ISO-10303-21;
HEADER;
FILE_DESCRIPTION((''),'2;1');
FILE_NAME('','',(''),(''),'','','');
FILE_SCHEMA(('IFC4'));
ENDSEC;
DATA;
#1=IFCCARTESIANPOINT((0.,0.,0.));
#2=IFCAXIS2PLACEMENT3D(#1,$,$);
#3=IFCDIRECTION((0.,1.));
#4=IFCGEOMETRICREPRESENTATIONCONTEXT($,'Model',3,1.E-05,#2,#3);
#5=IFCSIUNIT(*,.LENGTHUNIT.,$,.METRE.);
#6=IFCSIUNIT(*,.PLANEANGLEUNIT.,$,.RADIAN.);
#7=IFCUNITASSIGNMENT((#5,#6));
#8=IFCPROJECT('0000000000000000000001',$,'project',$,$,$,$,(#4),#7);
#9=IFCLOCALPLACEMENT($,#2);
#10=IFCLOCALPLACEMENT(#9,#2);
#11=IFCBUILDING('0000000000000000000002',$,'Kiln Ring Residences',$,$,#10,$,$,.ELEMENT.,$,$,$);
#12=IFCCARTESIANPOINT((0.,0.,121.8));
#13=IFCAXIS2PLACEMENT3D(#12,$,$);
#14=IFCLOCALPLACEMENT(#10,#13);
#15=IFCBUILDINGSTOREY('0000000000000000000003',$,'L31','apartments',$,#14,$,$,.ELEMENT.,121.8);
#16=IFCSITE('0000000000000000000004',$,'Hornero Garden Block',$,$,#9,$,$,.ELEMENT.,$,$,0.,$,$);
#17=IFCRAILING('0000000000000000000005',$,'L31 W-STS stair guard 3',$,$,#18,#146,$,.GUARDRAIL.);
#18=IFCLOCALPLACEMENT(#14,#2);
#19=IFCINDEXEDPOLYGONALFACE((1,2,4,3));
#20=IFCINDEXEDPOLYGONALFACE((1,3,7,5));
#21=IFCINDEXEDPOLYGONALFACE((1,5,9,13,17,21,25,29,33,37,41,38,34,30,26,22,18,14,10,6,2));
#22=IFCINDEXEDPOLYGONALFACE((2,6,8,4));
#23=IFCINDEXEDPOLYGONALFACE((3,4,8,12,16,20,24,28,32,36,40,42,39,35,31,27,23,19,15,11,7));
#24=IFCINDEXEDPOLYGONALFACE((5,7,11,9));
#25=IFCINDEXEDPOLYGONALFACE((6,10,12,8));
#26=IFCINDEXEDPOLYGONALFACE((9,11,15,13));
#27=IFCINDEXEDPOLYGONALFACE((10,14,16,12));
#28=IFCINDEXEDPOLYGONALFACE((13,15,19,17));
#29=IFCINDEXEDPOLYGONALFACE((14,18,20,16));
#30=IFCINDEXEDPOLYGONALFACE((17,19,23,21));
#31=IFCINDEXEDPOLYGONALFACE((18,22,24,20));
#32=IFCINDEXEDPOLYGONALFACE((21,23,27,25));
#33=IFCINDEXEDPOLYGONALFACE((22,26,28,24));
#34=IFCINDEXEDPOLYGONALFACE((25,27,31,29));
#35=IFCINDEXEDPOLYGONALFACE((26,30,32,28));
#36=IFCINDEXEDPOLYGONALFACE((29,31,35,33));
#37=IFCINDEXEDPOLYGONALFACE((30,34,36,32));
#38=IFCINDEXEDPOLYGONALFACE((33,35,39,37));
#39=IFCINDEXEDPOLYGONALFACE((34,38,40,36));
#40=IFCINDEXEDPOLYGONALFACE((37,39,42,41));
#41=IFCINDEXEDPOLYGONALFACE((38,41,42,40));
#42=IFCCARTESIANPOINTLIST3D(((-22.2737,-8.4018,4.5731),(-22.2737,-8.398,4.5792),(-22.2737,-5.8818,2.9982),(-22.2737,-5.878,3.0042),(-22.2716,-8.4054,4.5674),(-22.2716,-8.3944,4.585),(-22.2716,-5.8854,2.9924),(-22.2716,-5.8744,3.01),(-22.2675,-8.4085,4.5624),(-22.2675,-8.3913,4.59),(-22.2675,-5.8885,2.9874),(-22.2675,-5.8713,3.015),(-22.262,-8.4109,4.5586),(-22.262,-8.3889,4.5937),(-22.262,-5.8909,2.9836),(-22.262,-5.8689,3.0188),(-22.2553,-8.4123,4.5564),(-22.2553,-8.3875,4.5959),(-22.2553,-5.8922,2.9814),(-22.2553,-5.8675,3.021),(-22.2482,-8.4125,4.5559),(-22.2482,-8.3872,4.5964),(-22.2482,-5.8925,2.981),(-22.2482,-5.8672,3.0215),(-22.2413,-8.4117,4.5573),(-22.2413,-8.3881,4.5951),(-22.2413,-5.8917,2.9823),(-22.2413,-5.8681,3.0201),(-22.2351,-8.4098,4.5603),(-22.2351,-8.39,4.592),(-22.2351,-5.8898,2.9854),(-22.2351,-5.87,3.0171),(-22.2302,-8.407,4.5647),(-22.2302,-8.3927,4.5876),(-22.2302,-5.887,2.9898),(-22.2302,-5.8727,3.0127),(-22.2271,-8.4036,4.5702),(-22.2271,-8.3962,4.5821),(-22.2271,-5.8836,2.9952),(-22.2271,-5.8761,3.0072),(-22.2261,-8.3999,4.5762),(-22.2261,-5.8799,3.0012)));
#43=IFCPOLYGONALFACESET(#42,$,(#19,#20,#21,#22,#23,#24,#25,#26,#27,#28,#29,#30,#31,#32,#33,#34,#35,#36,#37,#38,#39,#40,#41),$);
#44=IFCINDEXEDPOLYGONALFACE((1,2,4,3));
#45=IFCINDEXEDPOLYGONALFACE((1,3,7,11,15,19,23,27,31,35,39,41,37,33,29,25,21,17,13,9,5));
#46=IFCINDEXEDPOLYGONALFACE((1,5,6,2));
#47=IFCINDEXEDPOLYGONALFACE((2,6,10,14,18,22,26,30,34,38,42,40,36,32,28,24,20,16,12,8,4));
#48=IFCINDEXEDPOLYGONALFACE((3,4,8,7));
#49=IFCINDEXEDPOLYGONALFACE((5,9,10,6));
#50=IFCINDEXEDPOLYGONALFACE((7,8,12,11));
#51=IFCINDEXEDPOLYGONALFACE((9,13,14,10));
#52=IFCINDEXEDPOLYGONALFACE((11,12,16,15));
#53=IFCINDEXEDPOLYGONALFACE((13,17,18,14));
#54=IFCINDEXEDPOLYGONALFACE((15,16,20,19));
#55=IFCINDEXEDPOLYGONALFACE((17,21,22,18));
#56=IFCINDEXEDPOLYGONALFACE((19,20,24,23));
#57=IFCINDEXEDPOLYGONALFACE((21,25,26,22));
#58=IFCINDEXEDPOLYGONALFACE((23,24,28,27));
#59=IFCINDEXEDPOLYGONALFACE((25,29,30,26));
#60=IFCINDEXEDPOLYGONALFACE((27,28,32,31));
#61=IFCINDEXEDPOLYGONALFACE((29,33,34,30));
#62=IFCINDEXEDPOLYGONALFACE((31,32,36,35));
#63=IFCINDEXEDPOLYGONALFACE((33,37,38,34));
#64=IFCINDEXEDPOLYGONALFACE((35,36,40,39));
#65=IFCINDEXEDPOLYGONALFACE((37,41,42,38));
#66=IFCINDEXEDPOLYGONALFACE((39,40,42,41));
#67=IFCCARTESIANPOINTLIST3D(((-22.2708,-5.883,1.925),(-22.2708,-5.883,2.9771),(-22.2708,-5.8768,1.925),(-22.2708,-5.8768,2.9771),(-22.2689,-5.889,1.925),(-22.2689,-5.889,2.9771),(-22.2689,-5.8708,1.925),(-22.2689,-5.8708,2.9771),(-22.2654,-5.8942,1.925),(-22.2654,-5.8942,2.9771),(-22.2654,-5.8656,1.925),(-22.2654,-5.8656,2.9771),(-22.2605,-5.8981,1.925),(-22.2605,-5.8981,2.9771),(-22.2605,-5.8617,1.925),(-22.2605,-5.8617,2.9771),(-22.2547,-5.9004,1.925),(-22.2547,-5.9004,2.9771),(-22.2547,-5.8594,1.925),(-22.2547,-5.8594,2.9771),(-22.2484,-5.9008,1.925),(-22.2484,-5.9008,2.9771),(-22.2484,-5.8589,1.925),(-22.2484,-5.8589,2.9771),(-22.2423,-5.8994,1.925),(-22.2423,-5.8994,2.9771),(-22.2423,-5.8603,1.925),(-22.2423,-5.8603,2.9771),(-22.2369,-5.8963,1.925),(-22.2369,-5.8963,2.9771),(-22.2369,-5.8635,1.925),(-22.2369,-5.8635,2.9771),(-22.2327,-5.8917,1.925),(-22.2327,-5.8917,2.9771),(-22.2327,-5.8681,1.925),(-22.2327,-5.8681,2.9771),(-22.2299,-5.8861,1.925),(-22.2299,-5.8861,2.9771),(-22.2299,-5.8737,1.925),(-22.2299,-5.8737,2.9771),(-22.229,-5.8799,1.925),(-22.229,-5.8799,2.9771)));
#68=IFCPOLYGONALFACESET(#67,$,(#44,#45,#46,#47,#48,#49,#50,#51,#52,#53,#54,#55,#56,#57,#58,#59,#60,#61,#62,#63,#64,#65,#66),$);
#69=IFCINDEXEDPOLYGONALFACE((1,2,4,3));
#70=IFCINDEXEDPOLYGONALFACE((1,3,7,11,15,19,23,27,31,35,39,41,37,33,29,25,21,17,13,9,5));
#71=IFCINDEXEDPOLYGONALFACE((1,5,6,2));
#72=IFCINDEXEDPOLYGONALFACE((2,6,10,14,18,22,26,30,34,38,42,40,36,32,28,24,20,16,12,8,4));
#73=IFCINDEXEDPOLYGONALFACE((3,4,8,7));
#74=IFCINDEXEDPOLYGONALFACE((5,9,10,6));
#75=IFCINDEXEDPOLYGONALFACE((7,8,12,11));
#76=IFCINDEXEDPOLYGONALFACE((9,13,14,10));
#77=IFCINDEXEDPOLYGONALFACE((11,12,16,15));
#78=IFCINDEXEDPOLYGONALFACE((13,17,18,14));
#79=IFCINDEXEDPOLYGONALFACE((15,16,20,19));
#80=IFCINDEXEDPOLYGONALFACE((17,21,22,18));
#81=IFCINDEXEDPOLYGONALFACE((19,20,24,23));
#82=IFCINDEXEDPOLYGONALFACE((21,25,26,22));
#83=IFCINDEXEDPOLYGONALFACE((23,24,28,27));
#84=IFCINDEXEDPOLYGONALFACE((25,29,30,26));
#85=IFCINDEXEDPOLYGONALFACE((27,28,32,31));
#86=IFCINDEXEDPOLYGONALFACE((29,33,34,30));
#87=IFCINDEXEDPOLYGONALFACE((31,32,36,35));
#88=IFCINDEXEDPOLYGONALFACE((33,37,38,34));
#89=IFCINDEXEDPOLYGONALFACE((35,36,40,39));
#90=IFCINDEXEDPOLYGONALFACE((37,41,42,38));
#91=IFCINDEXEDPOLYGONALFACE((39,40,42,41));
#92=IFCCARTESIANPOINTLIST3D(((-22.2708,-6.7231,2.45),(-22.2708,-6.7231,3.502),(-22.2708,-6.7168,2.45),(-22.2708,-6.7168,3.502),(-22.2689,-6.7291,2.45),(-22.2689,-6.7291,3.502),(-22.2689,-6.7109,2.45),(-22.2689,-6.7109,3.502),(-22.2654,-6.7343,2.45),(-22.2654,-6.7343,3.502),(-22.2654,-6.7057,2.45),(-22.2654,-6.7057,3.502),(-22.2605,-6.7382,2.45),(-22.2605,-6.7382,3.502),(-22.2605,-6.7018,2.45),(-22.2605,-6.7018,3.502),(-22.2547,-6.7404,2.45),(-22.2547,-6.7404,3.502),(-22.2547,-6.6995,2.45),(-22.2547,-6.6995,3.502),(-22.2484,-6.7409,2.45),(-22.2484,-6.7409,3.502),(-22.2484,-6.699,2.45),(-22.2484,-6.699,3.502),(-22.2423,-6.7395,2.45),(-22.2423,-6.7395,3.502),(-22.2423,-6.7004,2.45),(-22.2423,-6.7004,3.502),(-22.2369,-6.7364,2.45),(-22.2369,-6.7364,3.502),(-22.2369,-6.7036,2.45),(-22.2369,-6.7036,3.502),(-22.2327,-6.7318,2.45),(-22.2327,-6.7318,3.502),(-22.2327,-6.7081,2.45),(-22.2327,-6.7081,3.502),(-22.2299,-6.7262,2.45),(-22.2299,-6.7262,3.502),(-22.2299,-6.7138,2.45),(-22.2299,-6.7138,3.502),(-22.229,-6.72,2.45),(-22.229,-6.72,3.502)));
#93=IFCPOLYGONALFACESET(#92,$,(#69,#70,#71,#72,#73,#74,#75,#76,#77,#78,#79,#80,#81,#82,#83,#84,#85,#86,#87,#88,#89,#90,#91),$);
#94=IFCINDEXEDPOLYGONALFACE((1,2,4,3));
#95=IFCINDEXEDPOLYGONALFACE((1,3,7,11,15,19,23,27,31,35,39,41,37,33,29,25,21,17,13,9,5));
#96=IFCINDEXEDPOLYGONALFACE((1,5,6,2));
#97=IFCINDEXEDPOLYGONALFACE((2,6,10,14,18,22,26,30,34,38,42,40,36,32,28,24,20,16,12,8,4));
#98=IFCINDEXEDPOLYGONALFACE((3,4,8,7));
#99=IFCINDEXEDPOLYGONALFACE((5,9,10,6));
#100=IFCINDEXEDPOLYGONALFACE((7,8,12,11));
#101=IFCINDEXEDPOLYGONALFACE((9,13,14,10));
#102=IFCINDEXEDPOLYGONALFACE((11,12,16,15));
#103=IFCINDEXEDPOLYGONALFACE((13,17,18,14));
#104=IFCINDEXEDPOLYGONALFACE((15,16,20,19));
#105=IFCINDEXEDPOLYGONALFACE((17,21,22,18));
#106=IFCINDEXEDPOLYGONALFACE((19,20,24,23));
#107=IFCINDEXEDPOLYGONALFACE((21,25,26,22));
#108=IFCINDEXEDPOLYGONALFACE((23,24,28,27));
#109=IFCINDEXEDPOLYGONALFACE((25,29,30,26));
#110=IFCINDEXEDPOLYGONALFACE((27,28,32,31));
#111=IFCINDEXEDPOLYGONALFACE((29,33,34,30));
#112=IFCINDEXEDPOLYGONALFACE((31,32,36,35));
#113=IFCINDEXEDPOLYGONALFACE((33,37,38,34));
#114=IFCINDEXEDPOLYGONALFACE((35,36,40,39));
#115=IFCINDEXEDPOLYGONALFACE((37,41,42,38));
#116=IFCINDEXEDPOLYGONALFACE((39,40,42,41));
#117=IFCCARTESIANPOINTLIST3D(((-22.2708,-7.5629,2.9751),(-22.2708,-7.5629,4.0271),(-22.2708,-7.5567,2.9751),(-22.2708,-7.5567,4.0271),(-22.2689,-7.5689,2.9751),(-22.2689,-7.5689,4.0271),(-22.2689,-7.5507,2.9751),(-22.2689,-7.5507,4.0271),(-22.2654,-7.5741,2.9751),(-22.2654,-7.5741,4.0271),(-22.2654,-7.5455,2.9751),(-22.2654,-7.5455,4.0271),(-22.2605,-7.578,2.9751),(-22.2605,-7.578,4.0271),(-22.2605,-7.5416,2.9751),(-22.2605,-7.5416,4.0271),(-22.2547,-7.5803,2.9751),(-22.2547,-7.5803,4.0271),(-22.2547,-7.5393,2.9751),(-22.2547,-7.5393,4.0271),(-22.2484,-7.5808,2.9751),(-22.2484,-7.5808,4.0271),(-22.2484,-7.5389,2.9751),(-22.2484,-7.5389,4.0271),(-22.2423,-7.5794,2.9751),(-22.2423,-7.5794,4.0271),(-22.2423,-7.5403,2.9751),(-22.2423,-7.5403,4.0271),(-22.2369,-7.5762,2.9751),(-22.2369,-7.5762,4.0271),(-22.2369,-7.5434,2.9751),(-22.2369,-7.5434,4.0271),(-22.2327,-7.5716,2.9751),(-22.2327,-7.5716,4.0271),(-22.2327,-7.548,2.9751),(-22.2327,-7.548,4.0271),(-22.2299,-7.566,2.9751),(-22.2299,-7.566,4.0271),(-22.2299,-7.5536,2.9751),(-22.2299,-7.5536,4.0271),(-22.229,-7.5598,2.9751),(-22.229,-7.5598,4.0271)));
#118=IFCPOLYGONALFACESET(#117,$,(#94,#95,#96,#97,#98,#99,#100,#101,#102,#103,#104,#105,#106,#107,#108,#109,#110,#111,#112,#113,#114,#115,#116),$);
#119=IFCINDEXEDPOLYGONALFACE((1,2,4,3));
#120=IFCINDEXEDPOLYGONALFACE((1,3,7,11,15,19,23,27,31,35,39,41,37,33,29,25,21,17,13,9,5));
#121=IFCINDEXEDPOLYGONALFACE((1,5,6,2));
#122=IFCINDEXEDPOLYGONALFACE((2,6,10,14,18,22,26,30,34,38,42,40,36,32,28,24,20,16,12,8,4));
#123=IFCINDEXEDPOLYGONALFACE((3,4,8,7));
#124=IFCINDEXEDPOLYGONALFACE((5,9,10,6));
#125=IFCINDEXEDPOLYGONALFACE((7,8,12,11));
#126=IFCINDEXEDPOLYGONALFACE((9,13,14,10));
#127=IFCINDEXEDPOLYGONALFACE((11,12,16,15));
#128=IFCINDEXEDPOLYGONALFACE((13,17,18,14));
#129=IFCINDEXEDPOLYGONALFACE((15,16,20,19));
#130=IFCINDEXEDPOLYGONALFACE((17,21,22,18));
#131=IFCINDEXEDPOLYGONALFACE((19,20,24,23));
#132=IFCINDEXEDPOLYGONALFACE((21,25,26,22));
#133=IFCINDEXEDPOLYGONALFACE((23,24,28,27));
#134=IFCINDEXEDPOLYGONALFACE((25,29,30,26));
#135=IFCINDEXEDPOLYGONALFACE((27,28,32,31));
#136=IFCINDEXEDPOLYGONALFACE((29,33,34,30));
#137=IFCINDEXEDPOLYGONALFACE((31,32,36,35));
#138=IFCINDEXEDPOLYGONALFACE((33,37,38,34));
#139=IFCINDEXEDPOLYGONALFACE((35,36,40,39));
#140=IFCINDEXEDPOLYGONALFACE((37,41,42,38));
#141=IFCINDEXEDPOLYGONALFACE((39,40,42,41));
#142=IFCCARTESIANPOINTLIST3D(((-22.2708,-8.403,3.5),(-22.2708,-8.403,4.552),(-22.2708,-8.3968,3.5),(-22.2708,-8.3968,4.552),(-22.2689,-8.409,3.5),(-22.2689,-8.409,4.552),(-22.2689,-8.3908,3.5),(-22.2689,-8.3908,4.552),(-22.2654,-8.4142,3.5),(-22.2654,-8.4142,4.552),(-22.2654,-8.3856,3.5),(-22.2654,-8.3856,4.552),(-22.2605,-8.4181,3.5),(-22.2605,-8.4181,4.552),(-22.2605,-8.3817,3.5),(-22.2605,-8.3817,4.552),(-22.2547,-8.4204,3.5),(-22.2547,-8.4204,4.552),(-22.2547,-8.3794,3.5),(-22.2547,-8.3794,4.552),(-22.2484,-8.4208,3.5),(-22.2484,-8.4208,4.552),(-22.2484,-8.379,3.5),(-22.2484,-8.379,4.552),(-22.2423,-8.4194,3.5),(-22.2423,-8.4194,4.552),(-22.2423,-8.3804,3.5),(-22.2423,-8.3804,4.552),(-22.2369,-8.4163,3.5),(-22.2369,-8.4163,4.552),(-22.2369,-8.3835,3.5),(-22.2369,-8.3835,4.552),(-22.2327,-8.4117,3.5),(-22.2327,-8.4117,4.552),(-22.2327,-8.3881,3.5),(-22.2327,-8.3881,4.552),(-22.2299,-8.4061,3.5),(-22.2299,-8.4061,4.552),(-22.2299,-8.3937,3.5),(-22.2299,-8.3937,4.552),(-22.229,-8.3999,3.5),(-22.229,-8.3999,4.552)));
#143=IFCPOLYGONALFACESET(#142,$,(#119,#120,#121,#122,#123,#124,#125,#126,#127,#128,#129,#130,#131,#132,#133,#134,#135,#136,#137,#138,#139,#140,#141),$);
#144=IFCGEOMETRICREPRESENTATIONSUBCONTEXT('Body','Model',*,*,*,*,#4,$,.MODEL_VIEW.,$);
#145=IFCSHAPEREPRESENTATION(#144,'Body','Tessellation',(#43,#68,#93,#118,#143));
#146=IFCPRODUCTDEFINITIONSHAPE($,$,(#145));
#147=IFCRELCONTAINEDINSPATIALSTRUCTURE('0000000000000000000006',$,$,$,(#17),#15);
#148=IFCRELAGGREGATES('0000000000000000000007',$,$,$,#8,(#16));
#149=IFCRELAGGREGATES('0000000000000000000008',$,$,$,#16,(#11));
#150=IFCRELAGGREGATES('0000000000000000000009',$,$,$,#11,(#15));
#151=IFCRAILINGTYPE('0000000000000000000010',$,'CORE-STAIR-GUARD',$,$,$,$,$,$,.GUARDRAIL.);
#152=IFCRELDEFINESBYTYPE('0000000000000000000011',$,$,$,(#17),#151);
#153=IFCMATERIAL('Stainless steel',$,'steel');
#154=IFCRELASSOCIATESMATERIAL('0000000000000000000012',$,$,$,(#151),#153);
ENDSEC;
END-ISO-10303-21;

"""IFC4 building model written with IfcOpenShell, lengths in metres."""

from ifc_helpers import new_model, si_unit, direction, frame, origin, origin_2d, place, context, subcontext, project, spatial, circle, extrude, material, type_object, element, save


model = new_model("IFC4")

# Units and contexts
model_context = context("Model", 3, precision=1e-05, world=origin(), true_north=direction((0.0, 1.0)))
body_context = subcontext(model_context, "Body", "Model", "MODEL_VIEW")
ifc_project = project(units=[si_unit("LENGTHUNIT", "METRE"), si_unit("PLANEANGLEUNIT", "RADIAN")], contexts=[model_context])

# Site, building, storey
site_placement = place(None, origin())
site = spatial("IfcSite", under=ifc_project, at=site_placement, Name="Hornero Garden Block", CompositionType="ELEMENT", RefElevation=0.0)
building_placement = place(site_placement, origin())
building = spatial("IfcBuilding", under=site, at=building_placement, Name="Kiln Ring Residences", CompositionType="ELEMENT")
storey_placement = place(building_placement, frame((0.0, 0.0, 121.8)))
storey = spatial("IfcBuildingStorey", under=building, at=storey_placement, Name="L31", Description="apartments", CompositionType="ELEMENT", Elevation=121.8)

# Railing
ifc_material_1 = material(Name="Stainless steel", Category="steel")
railing_type_1 = type_object("IfcRailingType", Name="CORE-STAIR-GUARD", PredefinedType="GUARDRAIL", material=ifc_material_1)
railing_1_placement = place(storey_placement, frame((-22.25, -5.8799, 1.925)))
element("IfcRailing", 1, at=railing_1_placement, inside=storey, type_object=railing_type_1, Name="L31 W-STS stair guard 3", PredefinedType="GUARDRAIL", context=body_context, shape_type="SweptSolid", body=[
    extrude(circle(Radius=0.0239, at=origin_2d()), frame((0.0, 0.0, 1.0762), z_axis=(0.0, -0.848008, 0.529984), x_axis=(1.0, 0.0, 0.0)), (0.0, 0.0, 1.0), 2.9717),
    extrude(circle(Radius=0.021, at=origin_2d()), origin(), (0.0, 0.0, 1.0), 1.052),
    extrude(circle(Radius=0.021, at=origin_2d()), frame((0.0, -0.8401, 0.5249)), (0.0, 0.0, 1.0), 1.052),
    extrude(circle(Radius=0.021, at=origin_2d()), frame((0.0, -1.6799, 1.05)), (0.0, 0.0, 1.0), 1.052),
    extrude(circle(Radius=0.021, at=origin_2d()), frame((0.0, -2.52, 1.575)), (0.0, 0.0, 1.0), 1.052),
])

save(model, "model.ifc")
